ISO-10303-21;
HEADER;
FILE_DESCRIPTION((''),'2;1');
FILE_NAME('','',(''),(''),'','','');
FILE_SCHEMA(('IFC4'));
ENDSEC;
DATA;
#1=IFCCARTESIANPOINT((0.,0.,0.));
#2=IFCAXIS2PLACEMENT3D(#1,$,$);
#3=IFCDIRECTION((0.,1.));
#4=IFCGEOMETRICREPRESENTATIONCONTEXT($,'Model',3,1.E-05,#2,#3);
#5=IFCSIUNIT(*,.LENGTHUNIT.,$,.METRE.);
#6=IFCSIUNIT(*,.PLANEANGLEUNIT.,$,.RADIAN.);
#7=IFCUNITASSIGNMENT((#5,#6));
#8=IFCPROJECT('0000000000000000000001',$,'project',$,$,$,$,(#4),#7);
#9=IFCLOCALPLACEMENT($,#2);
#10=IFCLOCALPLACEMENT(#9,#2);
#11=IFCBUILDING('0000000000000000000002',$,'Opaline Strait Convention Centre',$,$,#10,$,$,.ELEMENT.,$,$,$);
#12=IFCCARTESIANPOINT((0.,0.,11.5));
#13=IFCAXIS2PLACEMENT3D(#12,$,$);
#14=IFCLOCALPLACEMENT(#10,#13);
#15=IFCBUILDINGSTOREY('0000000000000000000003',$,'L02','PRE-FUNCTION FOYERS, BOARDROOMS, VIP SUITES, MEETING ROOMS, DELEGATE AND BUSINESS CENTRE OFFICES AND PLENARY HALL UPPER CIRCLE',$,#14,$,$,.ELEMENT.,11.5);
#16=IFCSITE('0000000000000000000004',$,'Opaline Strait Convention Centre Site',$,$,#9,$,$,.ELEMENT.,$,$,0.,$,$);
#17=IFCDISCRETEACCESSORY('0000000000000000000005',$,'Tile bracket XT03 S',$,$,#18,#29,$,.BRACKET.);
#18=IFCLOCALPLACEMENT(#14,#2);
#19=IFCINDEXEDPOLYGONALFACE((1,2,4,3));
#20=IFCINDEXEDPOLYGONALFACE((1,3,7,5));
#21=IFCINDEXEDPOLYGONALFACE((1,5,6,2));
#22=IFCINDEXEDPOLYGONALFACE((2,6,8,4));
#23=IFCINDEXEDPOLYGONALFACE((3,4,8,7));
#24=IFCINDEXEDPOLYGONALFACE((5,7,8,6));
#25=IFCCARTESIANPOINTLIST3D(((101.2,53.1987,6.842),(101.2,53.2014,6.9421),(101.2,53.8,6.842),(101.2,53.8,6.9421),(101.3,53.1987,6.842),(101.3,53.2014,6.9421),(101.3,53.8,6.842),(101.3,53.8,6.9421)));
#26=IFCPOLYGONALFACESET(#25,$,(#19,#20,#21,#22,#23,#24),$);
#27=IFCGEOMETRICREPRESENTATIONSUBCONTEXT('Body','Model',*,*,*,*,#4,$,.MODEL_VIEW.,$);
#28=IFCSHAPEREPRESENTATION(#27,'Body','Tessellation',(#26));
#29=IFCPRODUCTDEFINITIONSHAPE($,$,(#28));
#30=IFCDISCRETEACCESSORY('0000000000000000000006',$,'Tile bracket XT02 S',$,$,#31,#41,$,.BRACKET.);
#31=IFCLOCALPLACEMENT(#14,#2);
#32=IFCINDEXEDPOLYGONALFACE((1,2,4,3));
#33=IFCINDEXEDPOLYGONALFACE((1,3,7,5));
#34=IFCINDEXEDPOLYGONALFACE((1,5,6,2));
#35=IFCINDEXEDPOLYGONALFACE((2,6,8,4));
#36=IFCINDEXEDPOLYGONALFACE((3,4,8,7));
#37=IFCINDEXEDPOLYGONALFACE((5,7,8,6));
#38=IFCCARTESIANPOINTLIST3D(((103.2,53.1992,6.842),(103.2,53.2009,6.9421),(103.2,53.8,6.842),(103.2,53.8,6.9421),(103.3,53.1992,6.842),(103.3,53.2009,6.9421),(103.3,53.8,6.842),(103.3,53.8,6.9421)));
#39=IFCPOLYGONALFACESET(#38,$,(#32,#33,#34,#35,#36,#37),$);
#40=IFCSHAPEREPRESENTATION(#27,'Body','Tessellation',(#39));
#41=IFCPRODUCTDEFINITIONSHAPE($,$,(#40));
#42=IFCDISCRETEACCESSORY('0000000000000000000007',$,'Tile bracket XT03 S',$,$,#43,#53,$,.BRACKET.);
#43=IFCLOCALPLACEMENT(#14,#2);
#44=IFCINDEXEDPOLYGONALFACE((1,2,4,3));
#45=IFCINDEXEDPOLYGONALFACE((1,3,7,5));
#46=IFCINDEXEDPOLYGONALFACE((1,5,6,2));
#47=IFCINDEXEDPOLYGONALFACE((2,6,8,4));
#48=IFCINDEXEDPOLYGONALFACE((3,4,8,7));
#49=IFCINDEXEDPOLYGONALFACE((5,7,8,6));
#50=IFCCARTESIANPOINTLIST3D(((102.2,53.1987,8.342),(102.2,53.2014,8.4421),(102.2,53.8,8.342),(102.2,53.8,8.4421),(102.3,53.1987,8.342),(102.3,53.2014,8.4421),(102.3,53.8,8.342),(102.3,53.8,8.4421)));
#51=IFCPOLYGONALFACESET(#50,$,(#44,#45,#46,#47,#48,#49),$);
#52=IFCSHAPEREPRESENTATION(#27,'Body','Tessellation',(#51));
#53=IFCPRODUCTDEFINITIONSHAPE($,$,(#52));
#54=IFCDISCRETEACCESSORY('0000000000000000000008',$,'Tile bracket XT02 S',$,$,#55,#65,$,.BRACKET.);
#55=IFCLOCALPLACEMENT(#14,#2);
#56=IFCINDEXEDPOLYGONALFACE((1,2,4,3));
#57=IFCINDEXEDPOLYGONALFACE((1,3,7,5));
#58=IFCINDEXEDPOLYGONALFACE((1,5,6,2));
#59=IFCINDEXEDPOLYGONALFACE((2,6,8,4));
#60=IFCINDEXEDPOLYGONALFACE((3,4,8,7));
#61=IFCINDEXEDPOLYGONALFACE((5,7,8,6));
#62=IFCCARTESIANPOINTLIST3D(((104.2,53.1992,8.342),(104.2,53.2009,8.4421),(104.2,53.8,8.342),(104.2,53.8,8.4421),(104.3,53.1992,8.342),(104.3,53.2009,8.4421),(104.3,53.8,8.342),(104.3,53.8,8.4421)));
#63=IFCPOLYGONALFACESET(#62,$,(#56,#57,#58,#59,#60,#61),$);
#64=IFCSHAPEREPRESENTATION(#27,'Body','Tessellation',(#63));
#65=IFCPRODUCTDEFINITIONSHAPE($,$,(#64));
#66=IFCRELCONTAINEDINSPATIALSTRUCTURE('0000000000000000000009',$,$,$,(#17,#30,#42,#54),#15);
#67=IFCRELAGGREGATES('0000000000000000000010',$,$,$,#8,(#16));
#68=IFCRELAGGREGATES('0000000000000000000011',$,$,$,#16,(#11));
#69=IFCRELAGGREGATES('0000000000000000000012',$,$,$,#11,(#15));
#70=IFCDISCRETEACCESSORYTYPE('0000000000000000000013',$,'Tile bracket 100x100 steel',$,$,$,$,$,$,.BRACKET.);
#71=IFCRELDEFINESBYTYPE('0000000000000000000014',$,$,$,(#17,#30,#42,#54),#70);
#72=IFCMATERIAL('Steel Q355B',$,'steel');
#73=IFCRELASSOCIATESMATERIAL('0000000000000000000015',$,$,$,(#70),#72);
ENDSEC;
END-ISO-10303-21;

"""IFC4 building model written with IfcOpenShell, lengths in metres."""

from ifc_helpers import new_model, si_unit, direction, frame, origin, place, context, subcontext, project, spatial, polyline, outline, extrude, material, type_object, element, save


model = new_model("IFC4")

# Units and contexts
model_context = context("Model", 3, precision=1e-05, world=origin(), true_north=direction((0.0, 1.0)))
body_context = subcontext(model_context, "Body", "Model", "MODEL_VIEW")
ifc_project = project(units=[si_unit("LENGTHUNIT", "METRE"), si_unit("PLANEANGLEUNIT", "RADIAN")], contexts=[model_context])

# Site, building, storey
site_placement = place(None, origin())
site = spatial("IfcSite", under=ifc_project, at=site_placement, Name="Opaline Strait Convention Centre Site", CompositionType="ELEMENT", RefElevation=0.0)
building_placement = place(site_placement, origin())
building = spatial("IfcBuilding", under=site, at=building_placement, Name="Opaline Strait Convention Centre", CompositionType="ELEMENT")
storey_placement = place(building_placement, frame((0.0, 0.0, 11.5)))
storey = spatial("IfcBuildingStorey", under=building, at=storey_placement, Name="L02", Description="PRE-FUNCTION FOYERS, BOARDROOMS, VIP SUITES, MEETING ROOMS, DELEGATE AND BUSINESS CENTRE OFFICES AND PLENARY HALL UPPER CIRCLE", CompositionType="ELEMENT", Elevation=11.5)

# Shared definitions
ifc_material_1 = material(Name="Steel Q355B", Category="steel")

# Discrete accessories
discrete_accessory_type_1 = type_object("IfcDiscreteAccessoryType", Name="Tile bracket 100x100 steel", PredefinedType="BRACKET", material=ifc_material_1)
discrete_accessory_1_placement = place(storey_placement, frame((101.2, 53.8, 6.8921), z_axis=(1.0, 0.0, 0.0), x_axis=(0.0, 1.0, 0.0)))
element("IfcDiscreteAccessory", 1, at=discrete_accessory_1_placement, inside=storey, type_object=discrete_accessory_type_1, Name="Tile bracket XT03 S", PredefinedType="BRACKET", context=body_context, shape_type="SweptSolid", body=[
    extrude(outline(polyline([(0.0, -0.05), (0.0, 0.05), (-0.5986, 0.05), (-0.6013, -0.05), (0.0, -0.05)])), origin(), (0.0, 0.0, 1.0), 0.1001),
])
discrete_accessory_2_placement = place(storey_placement, frame((103.2, 53.8, 6.8921), z_axis=(1.0, 0.0, 0.0), x_axis=(0.0, 1.0, 0.0)))
element("IfcDiscreteAccessory", 2, at=discrete_accessory_2_placement, inside=storey, type_object=discrete_accessory_type_1, Name="Tile bracket XT02 S", PredefinedType="BRACKET", context=body_context, shape_type="SweptSolid", body=[
    extrude(outline(polyline([(0.0, -0.05), (0.0, 0.05), (-0.5991, 0.05), (-0.6008, -0.05), (0.0, -0.05)])), origin(), (0.0, 0.0, 1.0), 0.1001),
])
discrete_accessory_3_placement = place(storey_placement, frame((102.2, 53.8, 8.3921), z_axis=(1.0, 0.0, 0.0), x_axis=(0.0, 1.0, 0.0)))
element("IfcDiscreteAccessory", 3, at=discrete_accessory_3_placement, inside=storey, type_object=discrete_accessory_type_1, Name="Tile bracket XT03 S", PredefinedType="BRACKET", context=body_context, shape_type="SweptSolid", body=[
    extrude(outline(polyline([(0.0, -0.05), (0.0, 0.05), (-0.5986, 0.05), (-0.6013, -0.05), (0.0, -0.05)])), origin(), (0.0, 0.0, 1.0), 0.1001),
])
discrete_accessory_4_placement = place(storey_placement, frame((104.2, 53.8, 8.3921), z_axis=(1.0, 0.0, 0.0), x_axis=(0.0, 1.0, 0.0)))
element("IfcDiscreteAccessory", 4, at=discrete_accessory_4_placement, inside=storey, type_object=discrete_accessory_type_1, Name="Tile bracket XT02 S", PredefinedType="BRACKET", context=body_context, shape_type="SweptSolid", body=[
    extrude(outline(polyline([(0.0, -0.05), (0.0, 0.05), (-0.5991, 0.05), (-0.6008, -0.05), (0.0, -0.05)])), origin(), (0.0, 0.0, 1.0), 0.1001),
])

save(model, "model.ifc")
